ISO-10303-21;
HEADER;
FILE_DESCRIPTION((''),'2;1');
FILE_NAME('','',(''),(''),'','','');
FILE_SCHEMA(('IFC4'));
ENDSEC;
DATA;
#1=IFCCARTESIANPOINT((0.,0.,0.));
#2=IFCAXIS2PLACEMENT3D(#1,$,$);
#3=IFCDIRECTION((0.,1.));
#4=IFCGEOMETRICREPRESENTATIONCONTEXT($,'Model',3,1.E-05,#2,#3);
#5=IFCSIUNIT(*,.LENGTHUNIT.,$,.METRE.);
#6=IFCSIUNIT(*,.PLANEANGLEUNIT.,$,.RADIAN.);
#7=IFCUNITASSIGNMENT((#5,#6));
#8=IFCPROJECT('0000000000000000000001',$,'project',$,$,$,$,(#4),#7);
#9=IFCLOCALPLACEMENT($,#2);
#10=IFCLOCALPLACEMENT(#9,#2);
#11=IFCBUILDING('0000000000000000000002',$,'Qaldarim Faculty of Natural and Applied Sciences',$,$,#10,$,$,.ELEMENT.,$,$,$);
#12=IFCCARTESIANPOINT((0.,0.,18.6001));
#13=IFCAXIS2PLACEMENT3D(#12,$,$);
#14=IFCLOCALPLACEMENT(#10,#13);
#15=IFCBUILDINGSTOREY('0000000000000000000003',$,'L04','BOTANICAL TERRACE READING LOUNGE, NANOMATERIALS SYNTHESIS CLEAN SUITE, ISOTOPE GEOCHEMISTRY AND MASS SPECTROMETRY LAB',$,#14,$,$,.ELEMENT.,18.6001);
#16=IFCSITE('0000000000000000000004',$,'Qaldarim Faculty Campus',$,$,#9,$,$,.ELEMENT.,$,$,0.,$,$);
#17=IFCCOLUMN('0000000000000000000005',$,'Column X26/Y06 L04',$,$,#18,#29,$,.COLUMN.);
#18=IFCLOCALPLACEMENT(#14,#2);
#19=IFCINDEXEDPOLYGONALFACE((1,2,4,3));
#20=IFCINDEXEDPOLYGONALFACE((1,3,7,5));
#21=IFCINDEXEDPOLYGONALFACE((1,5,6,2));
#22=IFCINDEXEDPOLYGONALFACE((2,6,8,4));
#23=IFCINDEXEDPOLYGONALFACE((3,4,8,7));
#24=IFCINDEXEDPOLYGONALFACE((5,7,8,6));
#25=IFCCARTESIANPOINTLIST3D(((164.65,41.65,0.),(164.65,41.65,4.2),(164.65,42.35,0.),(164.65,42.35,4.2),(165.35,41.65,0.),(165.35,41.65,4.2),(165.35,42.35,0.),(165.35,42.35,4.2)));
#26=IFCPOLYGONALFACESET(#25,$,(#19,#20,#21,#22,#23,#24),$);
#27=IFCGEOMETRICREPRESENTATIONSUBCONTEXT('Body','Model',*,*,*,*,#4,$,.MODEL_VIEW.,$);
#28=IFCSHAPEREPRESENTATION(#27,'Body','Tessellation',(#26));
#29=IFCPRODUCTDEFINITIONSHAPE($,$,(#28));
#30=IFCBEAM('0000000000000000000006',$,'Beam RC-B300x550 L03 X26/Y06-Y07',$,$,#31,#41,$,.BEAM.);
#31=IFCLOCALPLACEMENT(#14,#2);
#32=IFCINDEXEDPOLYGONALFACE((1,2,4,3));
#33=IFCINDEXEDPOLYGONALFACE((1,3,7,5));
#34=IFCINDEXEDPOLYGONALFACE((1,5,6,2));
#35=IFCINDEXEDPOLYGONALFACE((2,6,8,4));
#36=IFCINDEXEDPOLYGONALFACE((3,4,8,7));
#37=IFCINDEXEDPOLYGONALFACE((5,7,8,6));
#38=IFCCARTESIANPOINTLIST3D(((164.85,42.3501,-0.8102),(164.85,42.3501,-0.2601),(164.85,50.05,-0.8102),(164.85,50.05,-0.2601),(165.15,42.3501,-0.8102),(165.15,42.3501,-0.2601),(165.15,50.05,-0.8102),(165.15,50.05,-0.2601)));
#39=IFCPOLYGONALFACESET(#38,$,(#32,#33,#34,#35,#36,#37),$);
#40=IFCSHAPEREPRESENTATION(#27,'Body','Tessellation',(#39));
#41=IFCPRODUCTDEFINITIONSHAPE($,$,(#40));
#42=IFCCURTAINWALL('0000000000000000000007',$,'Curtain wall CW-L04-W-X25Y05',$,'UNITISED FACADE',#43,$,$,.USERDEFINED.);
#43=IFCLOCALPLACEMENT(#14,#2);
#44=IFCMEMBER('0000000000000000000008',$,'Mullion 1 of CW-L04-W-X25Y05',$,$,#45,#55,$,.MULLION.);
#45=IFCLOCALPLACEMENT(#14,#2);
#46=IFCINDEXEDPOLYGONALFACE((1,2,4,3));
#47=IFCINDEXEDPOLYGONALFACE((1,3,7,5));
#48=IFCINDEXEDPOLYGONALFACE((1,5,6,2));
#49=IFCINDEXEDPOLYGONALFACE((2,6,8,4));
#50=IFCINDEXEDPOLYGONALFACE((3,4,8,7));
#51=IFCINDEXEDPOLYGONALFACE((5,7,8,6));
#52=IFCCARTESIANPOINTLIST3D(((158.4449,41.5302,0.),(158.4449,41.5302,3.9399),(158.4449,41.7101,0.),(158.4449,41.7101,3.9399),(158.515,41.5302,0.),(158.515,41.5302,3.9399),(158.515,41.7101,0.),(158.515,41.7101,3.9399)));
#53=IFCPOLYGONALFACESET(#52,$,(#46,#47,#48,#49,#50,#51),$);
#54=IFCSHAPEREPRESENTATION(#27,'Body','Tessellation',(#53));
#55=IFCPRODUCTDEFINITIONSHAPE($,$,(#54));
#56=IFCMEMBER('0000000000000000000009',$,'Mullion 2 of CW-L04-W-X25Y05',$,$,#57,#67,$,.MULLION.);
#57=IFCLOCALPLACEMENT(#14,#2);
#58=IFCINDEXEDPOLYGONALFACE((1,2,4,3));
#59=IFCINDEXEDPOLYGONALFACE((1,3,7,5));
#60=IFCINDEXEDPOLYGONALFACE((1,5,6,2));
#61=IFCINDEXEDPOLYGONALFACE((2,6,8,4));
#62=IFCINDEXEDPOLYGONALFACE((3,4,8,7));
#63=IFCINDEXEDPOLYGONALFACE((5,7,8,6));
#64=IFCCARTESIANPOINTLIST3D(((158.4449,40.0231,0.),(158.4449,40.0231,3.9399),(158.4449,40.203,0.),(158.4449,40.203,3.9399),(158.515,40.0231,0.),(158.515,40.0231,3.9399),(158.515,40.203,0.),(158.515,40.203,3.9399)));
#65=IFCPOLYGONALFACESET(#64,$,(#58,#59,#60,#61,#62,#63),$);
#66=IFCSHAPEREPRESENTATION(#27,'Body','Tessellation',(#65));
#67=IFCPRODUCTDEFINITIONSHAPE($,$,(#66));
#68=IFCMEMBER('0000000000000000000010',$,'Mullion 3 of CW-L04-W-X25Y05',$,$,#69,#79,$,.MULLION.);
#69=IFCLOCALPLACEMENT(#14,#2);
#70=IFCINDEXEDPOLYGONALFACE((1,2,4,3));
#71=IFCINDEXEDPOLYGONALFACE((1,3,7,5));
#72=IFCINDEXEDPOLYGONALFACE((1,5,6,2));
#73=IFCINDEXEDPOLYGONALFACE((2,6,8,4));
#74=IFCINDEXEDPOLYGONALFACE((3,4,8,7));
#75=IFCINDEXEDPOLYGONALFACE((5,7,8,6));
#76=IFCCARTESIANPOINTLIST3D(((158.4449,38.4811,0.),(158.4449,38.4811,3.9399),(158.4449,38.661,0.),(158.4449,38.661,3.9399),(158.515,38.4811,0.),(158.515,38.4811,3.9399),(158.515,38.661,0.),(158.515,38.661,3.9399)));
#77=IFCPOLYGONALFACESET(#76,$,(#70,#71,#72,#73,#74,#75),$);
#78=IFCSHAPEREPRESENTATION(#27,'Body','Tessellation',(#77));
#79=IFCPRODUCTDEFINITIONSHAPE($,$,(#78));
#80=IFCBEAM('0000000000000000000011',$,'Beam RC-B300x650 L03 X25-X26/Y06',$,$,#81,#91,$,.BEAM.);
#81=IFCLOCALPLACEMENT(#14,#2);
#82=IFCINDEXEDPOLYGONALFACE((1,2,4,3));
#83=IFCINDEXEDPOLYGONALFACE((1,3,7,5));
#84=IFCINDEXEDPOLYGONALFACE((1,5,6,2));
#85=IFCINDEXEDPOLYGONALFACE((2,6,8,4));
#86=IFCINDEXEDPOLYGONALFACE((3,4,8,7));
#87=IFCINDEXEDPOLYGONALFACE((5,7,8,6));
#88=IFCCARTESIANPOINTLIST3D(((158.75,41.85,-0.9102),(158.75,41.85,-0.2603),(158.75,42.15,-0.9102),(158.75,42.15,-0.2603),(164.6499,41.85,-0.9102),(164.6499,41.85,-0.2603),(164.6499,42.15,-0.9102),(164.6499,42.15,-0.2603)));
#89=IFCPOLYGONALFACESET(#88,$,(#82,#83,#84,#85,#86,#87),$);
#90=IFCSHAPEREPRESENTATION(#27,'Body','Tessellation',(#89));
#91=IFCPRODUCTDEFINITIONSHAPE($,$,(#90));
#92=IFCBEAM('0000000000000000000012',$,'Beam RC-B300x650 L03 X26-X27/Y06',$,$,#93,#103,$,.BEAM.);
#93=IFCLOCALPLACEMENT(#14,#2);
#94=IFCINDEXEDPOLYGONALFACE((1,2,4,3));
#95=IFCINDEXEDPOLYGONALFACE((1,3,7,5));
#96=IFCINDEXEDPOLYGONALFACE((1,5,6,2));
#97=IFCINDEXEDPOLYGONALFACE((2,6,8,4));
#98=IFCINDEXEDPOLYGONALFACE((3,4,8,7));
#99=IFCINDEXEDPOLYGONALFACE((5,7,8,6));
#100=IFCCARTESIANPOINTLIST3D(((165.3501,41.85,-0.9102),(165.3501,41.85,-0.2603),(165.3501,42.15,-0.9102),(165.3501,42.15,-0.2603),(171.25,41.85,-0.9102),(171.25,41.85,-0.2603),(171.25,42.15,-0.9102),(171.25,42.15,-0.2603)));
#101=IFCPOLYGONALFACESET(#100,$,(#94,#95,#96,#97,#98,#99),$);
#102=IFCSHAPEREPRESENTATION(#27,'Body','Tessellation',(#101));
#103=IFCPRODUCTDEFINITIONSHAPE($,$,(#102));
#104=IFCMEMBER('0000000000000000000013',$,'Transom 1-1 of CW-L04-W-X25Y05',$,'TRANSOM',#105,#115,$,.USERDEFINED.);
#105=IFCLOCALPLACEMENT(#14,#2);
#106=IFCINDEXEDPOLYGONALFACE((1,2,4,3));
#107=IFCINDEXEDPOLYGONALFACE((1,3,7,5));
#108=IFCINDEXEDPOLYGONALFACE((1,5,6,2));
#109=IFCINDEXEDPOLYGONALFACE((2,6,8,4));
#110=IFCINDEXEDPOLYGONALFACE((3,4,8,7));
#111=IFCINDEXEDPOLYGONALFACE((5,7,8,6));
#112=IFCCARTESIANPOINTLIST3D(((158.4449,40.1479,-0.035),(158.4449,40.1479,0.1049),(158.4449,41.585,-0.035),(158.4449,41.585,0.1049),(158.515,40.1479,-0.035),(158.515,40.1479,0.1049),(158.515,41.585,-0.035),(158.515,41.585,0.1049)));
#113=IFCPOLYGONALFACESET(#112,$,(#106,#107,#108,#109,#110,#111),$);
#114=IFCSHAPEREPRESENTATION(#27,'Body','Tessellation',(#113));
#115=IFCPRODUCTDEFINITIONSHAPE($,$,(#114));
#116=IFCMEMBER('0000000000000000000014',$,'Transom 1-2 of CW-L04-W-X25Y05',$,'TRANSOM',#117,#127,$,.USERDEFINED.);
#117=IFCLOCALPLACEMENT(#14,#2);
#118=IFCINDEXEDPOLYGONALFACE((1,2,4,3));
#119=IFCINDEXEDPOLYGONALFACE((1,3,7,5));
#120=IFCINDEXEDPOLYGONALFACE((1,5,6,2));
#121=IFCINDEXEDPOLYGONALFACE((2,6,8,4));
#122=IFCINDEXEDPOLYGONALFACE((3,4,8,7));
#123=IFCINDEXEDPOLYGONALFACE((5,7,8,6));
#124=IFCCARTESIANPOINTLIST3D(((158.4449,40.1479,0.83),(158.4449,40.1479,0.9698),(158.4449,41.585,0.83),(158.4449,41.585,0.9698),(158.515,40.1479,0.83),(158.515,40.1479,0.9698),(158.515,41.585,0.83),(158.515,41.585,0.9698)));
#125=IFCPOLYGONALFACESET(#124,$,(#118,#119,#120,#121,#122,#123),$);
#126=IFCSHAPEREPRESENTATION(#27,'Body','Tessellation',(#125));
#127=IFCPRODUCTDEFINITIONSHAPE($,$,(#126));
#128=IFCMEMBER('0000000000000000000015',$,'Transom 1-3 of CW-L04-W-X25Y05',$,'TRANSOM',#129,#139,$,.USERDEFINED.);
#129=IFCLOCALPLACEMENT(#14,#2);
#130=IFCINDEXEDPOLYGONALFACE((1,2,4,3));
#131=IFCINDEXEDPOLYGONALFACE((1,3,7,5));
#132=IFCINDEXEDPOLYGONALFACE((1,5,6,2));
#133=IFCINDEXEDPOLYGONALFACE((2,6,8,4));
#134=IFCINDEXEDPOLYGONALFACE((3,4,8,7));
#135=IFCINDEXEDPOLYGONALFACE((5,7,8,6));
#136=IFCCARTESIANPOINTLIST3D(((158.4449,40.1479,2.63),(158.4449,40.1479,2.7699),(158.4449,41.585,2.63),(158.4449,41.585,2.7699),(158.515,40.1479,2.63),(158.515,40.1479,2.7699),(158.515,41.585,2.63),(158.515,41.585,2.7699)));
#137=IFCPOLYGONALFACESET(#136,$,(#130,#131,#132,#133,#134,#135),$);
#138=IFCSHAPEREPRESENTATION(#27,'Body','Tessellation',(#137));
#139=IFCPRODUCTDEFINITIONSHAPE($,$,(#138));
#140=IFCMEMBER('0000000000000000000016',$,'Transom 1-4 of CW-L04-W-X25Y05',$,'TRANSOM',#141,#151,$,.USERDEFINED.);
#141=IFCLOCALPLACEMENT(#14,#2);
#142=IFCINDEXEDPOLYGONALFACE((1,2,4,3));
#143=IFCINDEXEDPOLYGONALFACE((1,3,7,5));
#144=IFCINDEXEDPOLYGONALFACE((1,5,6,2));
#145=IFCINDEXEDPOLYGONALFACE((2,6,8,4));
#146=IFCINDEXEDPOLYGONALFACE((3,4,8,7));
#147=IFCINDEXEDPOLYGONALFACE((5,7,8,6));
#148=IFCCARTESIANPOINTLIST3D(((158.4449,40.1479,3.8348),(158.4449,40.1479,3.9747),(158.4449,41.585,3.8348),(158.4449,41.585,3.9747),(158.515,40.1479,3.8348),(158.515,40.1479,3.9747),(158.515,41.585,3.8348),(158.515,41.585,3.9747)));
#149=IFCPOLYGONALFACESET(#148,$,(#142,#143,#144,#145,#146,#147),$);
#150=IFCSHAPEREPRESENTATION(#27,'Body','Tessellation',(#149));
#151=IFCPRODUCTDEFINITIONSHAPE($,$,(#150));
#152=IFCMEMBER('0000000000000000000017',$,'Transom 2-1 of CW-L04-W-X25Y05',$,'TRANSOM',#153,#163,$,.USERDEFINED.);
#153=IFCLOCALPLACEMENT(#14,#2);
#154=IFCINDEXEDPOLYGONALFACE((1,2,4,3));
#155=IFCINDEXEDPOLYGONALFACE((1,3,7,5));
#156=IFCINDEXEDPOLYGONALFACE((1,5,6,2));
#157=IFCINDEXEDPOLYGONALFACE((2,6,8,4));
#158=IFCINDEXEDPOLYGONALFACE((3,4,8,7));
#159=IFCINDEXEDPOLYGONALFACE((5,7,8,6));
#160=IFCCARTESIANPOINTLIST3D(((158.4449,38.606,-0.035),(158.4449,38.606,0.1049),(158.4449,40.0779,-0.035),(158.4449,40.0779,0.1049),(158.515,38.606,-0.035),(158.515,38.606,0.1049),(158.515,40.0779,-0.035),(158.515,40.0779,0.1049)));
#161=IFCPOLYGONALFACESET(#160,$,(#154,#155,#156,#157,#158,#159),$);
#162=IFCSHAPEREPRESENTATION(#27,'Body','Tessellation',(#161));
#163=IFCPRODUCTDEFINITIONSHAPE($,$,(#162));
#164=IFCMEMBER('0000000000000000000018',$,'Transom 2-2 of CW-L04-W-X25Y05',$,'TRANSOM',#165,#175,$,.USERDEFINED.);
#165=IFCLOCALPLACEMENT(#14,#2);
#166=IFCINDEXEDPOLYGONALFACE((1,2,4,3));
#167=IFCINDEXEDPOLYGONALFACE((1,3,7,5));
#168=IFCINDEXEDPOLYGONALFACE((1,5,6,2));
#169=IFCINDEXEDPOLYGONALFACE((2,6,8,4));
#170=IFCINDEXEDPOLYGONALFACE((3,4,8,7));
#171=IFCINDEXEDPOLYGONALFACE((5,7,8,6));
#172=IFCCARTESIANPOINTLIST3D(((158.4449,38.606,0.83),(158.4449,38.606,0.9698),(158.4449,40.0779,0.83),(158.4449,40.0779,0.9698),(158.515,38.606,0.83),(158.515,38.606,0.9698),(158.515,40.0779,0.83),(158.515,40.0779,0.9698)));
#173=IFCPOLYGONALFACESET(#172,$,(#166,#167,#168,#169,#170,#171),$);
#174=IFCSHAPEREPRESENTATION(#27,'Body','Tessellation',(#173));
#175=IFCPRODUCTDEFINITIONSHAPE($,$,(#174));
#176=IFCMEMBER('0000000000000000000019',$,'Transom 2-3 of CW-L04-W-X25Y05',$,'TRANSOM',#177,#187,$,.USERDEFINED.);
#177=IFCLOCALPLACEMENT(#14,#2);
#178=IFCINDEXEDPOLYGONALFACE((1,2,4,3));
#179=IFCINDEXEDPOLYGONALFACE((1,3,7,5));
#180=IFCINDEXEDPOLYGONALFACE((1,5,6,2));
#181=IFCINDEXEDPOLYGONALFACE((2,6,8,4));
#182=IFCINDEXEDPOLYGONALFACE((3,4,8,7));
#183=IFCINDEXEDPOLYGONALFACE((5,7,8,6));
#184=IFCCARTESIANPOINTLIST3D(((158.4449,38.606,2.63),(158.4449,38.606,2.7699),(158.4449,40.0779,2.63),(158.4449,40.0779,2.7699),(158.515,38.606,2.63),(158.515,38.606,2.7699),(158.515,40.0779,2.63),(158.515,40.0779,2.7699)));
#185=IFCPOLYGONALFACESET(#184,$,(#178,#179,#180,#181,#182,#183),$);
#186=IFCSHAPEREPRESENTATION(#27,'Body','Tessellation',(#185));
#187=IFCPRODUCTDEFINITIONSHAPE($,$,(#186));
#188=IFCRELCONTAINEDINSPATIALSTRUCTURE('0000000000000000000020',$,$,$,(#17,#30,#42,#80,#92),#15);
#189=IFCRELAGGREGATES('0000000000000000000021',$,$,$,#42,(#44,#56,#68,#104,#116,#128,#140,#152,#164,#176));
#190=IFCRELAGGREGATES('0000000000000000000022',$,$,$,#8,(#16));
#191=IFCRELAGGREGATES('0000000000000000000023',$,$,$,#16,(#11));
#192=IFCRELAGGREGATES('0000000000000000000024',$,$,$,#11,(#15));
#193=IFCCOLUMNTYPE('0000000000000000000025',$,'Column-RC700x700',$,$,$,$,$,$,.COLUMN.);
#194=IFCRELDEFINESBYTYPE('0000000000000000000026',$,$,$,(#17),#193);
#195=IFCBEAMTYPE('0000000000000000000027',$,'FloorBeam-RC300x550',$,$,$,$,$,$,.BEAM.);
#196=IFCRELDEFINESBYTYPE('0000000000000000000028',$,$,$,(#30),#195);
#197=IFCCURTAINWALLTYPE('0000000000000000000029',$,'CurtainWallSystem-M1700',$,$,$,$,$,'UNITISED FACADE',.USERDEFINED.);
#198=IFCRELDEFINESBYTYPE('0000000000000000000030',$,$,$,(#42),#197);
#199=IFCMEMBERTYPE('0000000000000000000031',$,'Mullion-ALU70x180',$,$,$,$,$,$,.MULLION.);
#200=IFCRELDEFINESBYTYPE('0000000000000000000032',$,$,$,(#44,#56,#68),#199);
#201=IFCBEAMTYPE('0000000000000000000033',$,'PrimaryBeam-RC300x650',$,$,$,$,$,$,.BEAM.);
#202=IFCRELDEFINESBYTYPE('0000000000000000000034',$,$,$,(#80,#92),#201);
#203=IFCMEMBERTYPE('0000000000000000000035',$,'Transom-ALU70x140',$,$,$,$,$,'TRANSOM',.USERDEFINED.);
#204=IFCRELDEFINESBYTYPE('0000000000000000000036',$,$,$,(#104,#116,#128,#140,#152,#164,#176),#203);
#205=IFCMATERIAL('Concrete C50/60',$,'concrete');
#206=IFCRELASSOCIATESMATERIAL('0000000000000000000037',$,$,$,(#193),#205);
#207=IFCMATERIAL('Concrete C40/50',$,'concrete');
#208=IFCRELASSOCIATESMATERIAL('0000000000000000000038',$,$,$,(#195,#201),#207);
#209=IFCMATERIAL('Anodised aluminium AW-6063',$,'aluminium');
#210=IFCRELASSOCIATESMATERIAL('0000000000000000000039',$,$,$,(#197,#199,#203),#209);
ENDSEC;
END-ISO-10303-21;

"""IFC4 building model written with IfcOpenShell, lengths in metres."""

from ifc_helpers import new_model, si_unit, direction, frame, origin, origin_2d, place, context, subcontext, project, spatial, rectangle, extrude, material, material_profile, profile_set, type_object, element, aggregate, save


model = new_model("IFC4")

# Units and contexts
model_context = context("Model", 3, precision=1e-05, world=origin(), true_north=direction((0.0, 1.0)))
body_context = subcontext(model_context, "Body", "Model", "MODEL_VIEW")
ifc_project = project(units=[si_unit("LENGTHUNIT", "METRE"), si_unit("PLANEANGLEUNIT", "RADIAN")], contexts=[model_context])

# Site, building, storey
site_placement = place(None, origin())
site = spatial("IfcSite", under=ifc_project, at=site_placement, Name="Qaldarim Faculty Campus", CompositionType="ELEMENT", RefElevation=0.0)
building_placement = place(site_placement, origin())
building = spatial("IfcBuilding", under=site, at=building_placement, Name="Qaldarim Faculty of Natural and Applied Sciences", CompositionType="ELEMENT")
storey_placement = place(building_placement, frame((0.0, 0.0, 18.6001)))
storey = spatial("IfcBuildingStorey", under=building, at=storey_placement, Name="L04", Description="BOTANICAL TERRACE READING LOUNGE, NANOMATERIALS SYNTHESIS CLEAN SUITE, ISOTOPE GEOCHEMISTRY AND MASS SPECTROMETRY LAB", CompositionType="ELEMENT", Elevation=18.6001)

# Column
ifc_material_1 = material(Name="Concrete C50/60", Category="concrete")
ifc_material_profile_1 = material_profile(ifc_material_1, rectangle(XDim=0.7, YDim=0.7, at=origin_2d()), Name="RC-C700x700")
ifc_profile_set_1 = profile_set([ifc_material_profile_1], Name="Concrete C50/60")
column_type = type_object("IfcColumnType", Name="Column-RC700x700", PredefinedType="COLUMN", material=ifc_profile_set_1)
column_placement = place(storey_placement, frame((165.0, 42.0, 0.0), z_axis=(0.0, 0.0, 1.0), x_axis=(1.0, 0.0, 0.0)))
element("IfcColumn", 1, at=column_placement, inside=storey, type_object=column_type, Name="Column X26/Y06 L04", PredefinedType="COLUMN", context=body_context, shape_type="SweptSolid", body=[
    extrude(rectangle(XDim=0.7, YDim=0.7, at=origin_2d()), origin(), (0.0, 0.0, 1.0), 4.2),
])

# Beam
ifc_material_2 = material(Name="Concrete C40/50", Category="concrete")
ifc_material_profile_2 = material_profile(ifc_material_2, rectangle(XDim=0.3, YDim=0.55, at=origin_2d()), Name="RC-B300x550")
ifc_profile_set_2 = profile_set([ifc_material_profile_2], Name="Concrete C40/50")
beam_type_1 = type_object("IfcBeamType", Name="FloorBeam-RC300x550", PredefinedType="BEAM", material=ifc_profile_set_2)
beam_placement = place(storey_placement, frame((165.0, 42.3501, -0.5352), z_axis=(0.0, 1.0, 0.0), x_axis=(-1.0, 0.0, 0.0)))
element("IfcBeam", 2, at=beam_placement, inside=storey, type_object=beam_type_1, Name="Beam RC-B300x550 L03 X26/Y06-Y07", PredefinedType="BEAM", context=body_context, shape_type="SweptSolid", body=[
    extrude(rectangle(XDim=0.3, YDim=0.55, at=origin_2d()), origin(), (0.0, 0.0, 1.0), 7.7),
])

# Curtain wall, members
ifc_material_3 = material(Name="Anodised aluminium AW-6063", Category="aluminium")
curtain_wall_type = type_object("IfcCurtainWallType", Name="CurtainWallSystem-M1700", ElementType="UNITISED FACADE", PredefinedType="USERDEFINED", material=ifc_material_3)
curtain_wall_placement = place(storey_placement, origin())
curtain_wall = element("IfcCurtainWall", 3, at=curtain_wall_placement, inside=storey, type_object=curtain_wall_type, Name="Curtain wall CW-L04-W-X25Y05", ObjectType="UNITISED FACADE", PredefinedType="USERDEFINED")
ifc_material_profile_3 = material_profile(ifc_material_3, rectangle(XDim=0.0701, YDim=0.1799, at=origin_2d()), Name="ALU-M70x180")
ifc_profile_set_3 = profile_set([ifc_material_profile_3], Name="Anodised aluminium AW-6063")
member_type_1 = type_object("IfcMemberType", Name="Mullion-ALU70x180", PredefinedType="MULLION", material=ifc_profile_set_3)
member_1_placement = place(storey_placement, frame((158.48, 41.6201, 0.0), z_axis=(0.0, 0.0, 1.0), x_axis=(1.0, 0.0, 0.0)))
member_1 = element("IfcMember", 4, at=member_1_placement, type_object=member_type_1, Name="Mullion 1 of CW-L04-W-X25Y05", PredefinedType="MULLION", context=body_context, shape_type="SweptSolid", body=[
    extrude(rectangle(XDim=0.0701, YDim=0.1799, at=origin_2d()), origin(), (0.0, 0.0, 1.0), 3.9399),
])
member_2_placement = place(storey_placement, frame((158.48, 40.113, 0.0), z_axis=(0.0, 0.0, 1.0), x_axis=(1.0, 0.0, 0.0)))
member_2 = element("IfcMember", 5, at=member_2_placement, type_object=member_type_1, Name="Mullion 2 of CW-L04-W-X25Y05", PredefinedType="MULLION", context=body_context, shape_type="SweptSolid", body=[
    extrude(rectangle(XDim=0.0701, YDim=0.1799, at=origin_2d()), origin(), (0.0, 0.0, 1.0), 3.9399),
])
member_3_placement = place(storey_placement, frame((158.48, 38.571, 0.0), z_axis=(0.0, 0.0, 1.0), x_axis=(1.0, 0.0, 0.0)))
member_3 = element("IfcMember", 6, at=member_3_placement, type_object=member_type_1, Name="Mullion 3 of CW-L04-W-X25Y05", PredefinedType="MULLION", context=body_context, shape_type="SweptSolid", body=[
    extrude(rectangle(XDim=0.0701, YDim=0.1799, at=origin_2d()), origin(), (0.0, 0.0, 1.0), 3.9399),
])

# Beams
ifc_material_profile_4 = material_profile(ifc_material_2, rectangle(XDim=0.3, YDim=0.6499, at=origin_2d()), Name="RC-B300x650")
ifc_profile_set_4 = profile_set([ifc_material_profile_4], Name="Concrete C40/50")
beam_type_2 = type_object("IfcBeamType", Name="PrimaryBeam-RC300x650", PredefinedType="BEAM", material=ifc_profile_set_4)
for number, where, z_axis, x_axis, name in (
    (7, (158.75, 42.0, -0.5852), (1.0, 0.0, 0.0), (0.0, 1.0, 0.0), "Beam RC-B300x650 L03 X25-X26/Y06"),
    (8, (165.3501, 42.0, -0.5852), (1.0, 0.0, 0.0), (0.0, 1.0, 0.0), "Beam RC-B300x650 L03 X26-X27/Y06"),
):
    element("IfcBeam", number, at=place(storey_placement, frame(where, z_axis=z_axis, x_axis=x_axis)), inside=storey, type_object=beam_type_2, Name=name, PredefinedType="BEAM", context=body_context, shape_type="SweptSolid", body=[
        extrude(rectangle(XDim=0.3, YDim=0.6499, at=origin_2d()), origin(), (0.0, 0.0, 1.0), 5.8999),
    ])

# Members
ifc_material_profile_5 = material_profile(ifc_material_3, rectangle(XDim=0.0701, YDim=0.1399, at=origin_2d()), Name="ALU-T70x140")
ifc_profile_set_5 = profile_set([ifc_material_profile_5], Name="Anodised aluminium AW-6063")
member_type_2 = type_object("IfcMemberType", Name="Transom-ALU70x140", ElementType="TRANSOM", PredefinedType="USERDEFINED", material=ifc_profile_set_5)
member_4_placement = place(storey_placement, frame((158.48, 41.585, 0.0349), z_axis=(0.0, -1.0, 0.0), x_axis=(1.0, 0.0, 0.0)))
member_4 = element("IfcMember", 9, at=member_4_placement, type_object=member_type_2, Name="Transom 1-1 of CW-L04-W-X25Y05", ObjectType="TRANSOM", PredefinedType="USERDEFINED", context=body_context, shape_type="SweptSolid", body=[
    extrude(rectangle(XDim=0.0701, YDim=0.1399, at=origin_2d()), origin(), (0.0, 0.0, 1.0), 1.437),
])
member_5_placement = place(storey_placement, frame((158.48, 41.585, 0.8999), z_axis=(0.0, -1.0, 0.0), x_axis=(1.0, 0.0, 0.0)))
member_5 = element("IfcMember", 10, at=member_5_placement, type_object=member_type_2, Name="Transom 1-2 of CW-L04-W-X25Y05", ObjectType="TRANSOM", PredefinedType="USERDEFINED", context=body_context, shape_type="SweptSolid", body=[
    extrude(rectangle(XDim=0.0701, YDim=0.1399, at=origin_2d()), origin(), (0.0, 0.0, 1.0), 1.437),
])
member_6_placement = place(storey_placement, frame((158.48, 41.585, 2.7), z_axis=(0.0, -1.0, 0.0), x_axis=(1.0, 0.0, 0.0)))
member_6 = element("IfcMember", 11, at=member_6_placement, type_object=member_type_2, Name="Transom 1-3 of CW-L04-W-X25Y05", ObjectType="TRANSOM", PredefinedType="USERDEFINED", context=body_context, shape_type="SweptSolid", body=[
    extrude(rectangle(XDim=0.0701, YDim=0.1399, at=origin_2d()), origin(), (0.0, 0.0, 1.0), 1.437),
])
member_7_placement = place(storey_placement, frame((158.48, 41.585, 3.9048), z_axis=(0.0, -1.0, 0.0), x_axis=(1.0, 0.0, 0.0)))
member_7 = element("IfcMember", 12, at=member_7_placement, type_object=member_type_2, Name="Transom 1-4 of CW-L04-W-X25Y05", ObjectType="TRANSOM", PredefinedType="USERDEFINED", context=body_context, shape_type="SweptSolid", body=[
    extrude(rectangle(XDim=0.0701, YDim=0.1399, at=origin_2d()), origin(), (0.0, 0.0, 1.0), 1.437),
])
member_8_placement = place(storey_placement, frame((158.48, 40.0779, 0.0349), z_axis=(0.0, -1.0, 0.0), x_axis=(1.0, 0.0, 0.0)))
member_8 = element("IfcMember", 13, at=member_8_placement, type_object=member_type_2, Name="Transom 2-1 of CW-L04-W-X25Y05", ObjectType="TRANSOM", PredefinedType="USERDEFINED", context=body_context, shape_type="SweptSolid", body=[
    extrude(rectangle(XDim=0.0701, YDim=0.1399, at=origin_2d()), origin(), (0.0, 0.0, 1.0), 1.4719),
])
member_9_placement = place(storey_placement, frame((158.48, 40.0779, 0.8999), z_axis=(0.0, -1.0, 0.0), x_axis=(1.0, 0.0, 0.0)))
member_9 = element("IfcMember", 14, at=member_9_placement, type_object=member_type_2, Name="Transom 2-2 of CW-L04-W-X25Y05", ObjectType="TRANSOM", PredefinedType="USERDEFINED", context=body_context, shape_type="SweptSolid", body=[
    extrude(rectangle(XDim=0.0701, YDim=0.1399, at=origin_2d()), origin(), (0.0, 0.0, 1.0), 1.4719),
])
member_10_placement = place(storey_placement, frame((158.48, 40.0779, 2.7), z_axis=(0.0, -1.0, 0.0), x_axis=(1.0, 0.0, 0.0)))
member_10 = element("IfcMember", 15, at=member_10_placement, type_object=member_type_2, Name="Transom 2-3 of CW-L04-W-X25Y05", ObjectType="TRANSOM", PredefinedType="USERDEFINED", context=body_context, shape_type="SweptSolid", body=[
    extrude(rectangle(XDim=0.0701, YDim=0.1399, at=origin_2d()), origin(), (0.0, 0.0, 1.0), 1.4719),
])

aggregate(curtain_wall, [member_1, member_2, member_3, member_4, member_5, member_6, member_7, member_8, member_9, member_10])

save(model, "model.ifc")
